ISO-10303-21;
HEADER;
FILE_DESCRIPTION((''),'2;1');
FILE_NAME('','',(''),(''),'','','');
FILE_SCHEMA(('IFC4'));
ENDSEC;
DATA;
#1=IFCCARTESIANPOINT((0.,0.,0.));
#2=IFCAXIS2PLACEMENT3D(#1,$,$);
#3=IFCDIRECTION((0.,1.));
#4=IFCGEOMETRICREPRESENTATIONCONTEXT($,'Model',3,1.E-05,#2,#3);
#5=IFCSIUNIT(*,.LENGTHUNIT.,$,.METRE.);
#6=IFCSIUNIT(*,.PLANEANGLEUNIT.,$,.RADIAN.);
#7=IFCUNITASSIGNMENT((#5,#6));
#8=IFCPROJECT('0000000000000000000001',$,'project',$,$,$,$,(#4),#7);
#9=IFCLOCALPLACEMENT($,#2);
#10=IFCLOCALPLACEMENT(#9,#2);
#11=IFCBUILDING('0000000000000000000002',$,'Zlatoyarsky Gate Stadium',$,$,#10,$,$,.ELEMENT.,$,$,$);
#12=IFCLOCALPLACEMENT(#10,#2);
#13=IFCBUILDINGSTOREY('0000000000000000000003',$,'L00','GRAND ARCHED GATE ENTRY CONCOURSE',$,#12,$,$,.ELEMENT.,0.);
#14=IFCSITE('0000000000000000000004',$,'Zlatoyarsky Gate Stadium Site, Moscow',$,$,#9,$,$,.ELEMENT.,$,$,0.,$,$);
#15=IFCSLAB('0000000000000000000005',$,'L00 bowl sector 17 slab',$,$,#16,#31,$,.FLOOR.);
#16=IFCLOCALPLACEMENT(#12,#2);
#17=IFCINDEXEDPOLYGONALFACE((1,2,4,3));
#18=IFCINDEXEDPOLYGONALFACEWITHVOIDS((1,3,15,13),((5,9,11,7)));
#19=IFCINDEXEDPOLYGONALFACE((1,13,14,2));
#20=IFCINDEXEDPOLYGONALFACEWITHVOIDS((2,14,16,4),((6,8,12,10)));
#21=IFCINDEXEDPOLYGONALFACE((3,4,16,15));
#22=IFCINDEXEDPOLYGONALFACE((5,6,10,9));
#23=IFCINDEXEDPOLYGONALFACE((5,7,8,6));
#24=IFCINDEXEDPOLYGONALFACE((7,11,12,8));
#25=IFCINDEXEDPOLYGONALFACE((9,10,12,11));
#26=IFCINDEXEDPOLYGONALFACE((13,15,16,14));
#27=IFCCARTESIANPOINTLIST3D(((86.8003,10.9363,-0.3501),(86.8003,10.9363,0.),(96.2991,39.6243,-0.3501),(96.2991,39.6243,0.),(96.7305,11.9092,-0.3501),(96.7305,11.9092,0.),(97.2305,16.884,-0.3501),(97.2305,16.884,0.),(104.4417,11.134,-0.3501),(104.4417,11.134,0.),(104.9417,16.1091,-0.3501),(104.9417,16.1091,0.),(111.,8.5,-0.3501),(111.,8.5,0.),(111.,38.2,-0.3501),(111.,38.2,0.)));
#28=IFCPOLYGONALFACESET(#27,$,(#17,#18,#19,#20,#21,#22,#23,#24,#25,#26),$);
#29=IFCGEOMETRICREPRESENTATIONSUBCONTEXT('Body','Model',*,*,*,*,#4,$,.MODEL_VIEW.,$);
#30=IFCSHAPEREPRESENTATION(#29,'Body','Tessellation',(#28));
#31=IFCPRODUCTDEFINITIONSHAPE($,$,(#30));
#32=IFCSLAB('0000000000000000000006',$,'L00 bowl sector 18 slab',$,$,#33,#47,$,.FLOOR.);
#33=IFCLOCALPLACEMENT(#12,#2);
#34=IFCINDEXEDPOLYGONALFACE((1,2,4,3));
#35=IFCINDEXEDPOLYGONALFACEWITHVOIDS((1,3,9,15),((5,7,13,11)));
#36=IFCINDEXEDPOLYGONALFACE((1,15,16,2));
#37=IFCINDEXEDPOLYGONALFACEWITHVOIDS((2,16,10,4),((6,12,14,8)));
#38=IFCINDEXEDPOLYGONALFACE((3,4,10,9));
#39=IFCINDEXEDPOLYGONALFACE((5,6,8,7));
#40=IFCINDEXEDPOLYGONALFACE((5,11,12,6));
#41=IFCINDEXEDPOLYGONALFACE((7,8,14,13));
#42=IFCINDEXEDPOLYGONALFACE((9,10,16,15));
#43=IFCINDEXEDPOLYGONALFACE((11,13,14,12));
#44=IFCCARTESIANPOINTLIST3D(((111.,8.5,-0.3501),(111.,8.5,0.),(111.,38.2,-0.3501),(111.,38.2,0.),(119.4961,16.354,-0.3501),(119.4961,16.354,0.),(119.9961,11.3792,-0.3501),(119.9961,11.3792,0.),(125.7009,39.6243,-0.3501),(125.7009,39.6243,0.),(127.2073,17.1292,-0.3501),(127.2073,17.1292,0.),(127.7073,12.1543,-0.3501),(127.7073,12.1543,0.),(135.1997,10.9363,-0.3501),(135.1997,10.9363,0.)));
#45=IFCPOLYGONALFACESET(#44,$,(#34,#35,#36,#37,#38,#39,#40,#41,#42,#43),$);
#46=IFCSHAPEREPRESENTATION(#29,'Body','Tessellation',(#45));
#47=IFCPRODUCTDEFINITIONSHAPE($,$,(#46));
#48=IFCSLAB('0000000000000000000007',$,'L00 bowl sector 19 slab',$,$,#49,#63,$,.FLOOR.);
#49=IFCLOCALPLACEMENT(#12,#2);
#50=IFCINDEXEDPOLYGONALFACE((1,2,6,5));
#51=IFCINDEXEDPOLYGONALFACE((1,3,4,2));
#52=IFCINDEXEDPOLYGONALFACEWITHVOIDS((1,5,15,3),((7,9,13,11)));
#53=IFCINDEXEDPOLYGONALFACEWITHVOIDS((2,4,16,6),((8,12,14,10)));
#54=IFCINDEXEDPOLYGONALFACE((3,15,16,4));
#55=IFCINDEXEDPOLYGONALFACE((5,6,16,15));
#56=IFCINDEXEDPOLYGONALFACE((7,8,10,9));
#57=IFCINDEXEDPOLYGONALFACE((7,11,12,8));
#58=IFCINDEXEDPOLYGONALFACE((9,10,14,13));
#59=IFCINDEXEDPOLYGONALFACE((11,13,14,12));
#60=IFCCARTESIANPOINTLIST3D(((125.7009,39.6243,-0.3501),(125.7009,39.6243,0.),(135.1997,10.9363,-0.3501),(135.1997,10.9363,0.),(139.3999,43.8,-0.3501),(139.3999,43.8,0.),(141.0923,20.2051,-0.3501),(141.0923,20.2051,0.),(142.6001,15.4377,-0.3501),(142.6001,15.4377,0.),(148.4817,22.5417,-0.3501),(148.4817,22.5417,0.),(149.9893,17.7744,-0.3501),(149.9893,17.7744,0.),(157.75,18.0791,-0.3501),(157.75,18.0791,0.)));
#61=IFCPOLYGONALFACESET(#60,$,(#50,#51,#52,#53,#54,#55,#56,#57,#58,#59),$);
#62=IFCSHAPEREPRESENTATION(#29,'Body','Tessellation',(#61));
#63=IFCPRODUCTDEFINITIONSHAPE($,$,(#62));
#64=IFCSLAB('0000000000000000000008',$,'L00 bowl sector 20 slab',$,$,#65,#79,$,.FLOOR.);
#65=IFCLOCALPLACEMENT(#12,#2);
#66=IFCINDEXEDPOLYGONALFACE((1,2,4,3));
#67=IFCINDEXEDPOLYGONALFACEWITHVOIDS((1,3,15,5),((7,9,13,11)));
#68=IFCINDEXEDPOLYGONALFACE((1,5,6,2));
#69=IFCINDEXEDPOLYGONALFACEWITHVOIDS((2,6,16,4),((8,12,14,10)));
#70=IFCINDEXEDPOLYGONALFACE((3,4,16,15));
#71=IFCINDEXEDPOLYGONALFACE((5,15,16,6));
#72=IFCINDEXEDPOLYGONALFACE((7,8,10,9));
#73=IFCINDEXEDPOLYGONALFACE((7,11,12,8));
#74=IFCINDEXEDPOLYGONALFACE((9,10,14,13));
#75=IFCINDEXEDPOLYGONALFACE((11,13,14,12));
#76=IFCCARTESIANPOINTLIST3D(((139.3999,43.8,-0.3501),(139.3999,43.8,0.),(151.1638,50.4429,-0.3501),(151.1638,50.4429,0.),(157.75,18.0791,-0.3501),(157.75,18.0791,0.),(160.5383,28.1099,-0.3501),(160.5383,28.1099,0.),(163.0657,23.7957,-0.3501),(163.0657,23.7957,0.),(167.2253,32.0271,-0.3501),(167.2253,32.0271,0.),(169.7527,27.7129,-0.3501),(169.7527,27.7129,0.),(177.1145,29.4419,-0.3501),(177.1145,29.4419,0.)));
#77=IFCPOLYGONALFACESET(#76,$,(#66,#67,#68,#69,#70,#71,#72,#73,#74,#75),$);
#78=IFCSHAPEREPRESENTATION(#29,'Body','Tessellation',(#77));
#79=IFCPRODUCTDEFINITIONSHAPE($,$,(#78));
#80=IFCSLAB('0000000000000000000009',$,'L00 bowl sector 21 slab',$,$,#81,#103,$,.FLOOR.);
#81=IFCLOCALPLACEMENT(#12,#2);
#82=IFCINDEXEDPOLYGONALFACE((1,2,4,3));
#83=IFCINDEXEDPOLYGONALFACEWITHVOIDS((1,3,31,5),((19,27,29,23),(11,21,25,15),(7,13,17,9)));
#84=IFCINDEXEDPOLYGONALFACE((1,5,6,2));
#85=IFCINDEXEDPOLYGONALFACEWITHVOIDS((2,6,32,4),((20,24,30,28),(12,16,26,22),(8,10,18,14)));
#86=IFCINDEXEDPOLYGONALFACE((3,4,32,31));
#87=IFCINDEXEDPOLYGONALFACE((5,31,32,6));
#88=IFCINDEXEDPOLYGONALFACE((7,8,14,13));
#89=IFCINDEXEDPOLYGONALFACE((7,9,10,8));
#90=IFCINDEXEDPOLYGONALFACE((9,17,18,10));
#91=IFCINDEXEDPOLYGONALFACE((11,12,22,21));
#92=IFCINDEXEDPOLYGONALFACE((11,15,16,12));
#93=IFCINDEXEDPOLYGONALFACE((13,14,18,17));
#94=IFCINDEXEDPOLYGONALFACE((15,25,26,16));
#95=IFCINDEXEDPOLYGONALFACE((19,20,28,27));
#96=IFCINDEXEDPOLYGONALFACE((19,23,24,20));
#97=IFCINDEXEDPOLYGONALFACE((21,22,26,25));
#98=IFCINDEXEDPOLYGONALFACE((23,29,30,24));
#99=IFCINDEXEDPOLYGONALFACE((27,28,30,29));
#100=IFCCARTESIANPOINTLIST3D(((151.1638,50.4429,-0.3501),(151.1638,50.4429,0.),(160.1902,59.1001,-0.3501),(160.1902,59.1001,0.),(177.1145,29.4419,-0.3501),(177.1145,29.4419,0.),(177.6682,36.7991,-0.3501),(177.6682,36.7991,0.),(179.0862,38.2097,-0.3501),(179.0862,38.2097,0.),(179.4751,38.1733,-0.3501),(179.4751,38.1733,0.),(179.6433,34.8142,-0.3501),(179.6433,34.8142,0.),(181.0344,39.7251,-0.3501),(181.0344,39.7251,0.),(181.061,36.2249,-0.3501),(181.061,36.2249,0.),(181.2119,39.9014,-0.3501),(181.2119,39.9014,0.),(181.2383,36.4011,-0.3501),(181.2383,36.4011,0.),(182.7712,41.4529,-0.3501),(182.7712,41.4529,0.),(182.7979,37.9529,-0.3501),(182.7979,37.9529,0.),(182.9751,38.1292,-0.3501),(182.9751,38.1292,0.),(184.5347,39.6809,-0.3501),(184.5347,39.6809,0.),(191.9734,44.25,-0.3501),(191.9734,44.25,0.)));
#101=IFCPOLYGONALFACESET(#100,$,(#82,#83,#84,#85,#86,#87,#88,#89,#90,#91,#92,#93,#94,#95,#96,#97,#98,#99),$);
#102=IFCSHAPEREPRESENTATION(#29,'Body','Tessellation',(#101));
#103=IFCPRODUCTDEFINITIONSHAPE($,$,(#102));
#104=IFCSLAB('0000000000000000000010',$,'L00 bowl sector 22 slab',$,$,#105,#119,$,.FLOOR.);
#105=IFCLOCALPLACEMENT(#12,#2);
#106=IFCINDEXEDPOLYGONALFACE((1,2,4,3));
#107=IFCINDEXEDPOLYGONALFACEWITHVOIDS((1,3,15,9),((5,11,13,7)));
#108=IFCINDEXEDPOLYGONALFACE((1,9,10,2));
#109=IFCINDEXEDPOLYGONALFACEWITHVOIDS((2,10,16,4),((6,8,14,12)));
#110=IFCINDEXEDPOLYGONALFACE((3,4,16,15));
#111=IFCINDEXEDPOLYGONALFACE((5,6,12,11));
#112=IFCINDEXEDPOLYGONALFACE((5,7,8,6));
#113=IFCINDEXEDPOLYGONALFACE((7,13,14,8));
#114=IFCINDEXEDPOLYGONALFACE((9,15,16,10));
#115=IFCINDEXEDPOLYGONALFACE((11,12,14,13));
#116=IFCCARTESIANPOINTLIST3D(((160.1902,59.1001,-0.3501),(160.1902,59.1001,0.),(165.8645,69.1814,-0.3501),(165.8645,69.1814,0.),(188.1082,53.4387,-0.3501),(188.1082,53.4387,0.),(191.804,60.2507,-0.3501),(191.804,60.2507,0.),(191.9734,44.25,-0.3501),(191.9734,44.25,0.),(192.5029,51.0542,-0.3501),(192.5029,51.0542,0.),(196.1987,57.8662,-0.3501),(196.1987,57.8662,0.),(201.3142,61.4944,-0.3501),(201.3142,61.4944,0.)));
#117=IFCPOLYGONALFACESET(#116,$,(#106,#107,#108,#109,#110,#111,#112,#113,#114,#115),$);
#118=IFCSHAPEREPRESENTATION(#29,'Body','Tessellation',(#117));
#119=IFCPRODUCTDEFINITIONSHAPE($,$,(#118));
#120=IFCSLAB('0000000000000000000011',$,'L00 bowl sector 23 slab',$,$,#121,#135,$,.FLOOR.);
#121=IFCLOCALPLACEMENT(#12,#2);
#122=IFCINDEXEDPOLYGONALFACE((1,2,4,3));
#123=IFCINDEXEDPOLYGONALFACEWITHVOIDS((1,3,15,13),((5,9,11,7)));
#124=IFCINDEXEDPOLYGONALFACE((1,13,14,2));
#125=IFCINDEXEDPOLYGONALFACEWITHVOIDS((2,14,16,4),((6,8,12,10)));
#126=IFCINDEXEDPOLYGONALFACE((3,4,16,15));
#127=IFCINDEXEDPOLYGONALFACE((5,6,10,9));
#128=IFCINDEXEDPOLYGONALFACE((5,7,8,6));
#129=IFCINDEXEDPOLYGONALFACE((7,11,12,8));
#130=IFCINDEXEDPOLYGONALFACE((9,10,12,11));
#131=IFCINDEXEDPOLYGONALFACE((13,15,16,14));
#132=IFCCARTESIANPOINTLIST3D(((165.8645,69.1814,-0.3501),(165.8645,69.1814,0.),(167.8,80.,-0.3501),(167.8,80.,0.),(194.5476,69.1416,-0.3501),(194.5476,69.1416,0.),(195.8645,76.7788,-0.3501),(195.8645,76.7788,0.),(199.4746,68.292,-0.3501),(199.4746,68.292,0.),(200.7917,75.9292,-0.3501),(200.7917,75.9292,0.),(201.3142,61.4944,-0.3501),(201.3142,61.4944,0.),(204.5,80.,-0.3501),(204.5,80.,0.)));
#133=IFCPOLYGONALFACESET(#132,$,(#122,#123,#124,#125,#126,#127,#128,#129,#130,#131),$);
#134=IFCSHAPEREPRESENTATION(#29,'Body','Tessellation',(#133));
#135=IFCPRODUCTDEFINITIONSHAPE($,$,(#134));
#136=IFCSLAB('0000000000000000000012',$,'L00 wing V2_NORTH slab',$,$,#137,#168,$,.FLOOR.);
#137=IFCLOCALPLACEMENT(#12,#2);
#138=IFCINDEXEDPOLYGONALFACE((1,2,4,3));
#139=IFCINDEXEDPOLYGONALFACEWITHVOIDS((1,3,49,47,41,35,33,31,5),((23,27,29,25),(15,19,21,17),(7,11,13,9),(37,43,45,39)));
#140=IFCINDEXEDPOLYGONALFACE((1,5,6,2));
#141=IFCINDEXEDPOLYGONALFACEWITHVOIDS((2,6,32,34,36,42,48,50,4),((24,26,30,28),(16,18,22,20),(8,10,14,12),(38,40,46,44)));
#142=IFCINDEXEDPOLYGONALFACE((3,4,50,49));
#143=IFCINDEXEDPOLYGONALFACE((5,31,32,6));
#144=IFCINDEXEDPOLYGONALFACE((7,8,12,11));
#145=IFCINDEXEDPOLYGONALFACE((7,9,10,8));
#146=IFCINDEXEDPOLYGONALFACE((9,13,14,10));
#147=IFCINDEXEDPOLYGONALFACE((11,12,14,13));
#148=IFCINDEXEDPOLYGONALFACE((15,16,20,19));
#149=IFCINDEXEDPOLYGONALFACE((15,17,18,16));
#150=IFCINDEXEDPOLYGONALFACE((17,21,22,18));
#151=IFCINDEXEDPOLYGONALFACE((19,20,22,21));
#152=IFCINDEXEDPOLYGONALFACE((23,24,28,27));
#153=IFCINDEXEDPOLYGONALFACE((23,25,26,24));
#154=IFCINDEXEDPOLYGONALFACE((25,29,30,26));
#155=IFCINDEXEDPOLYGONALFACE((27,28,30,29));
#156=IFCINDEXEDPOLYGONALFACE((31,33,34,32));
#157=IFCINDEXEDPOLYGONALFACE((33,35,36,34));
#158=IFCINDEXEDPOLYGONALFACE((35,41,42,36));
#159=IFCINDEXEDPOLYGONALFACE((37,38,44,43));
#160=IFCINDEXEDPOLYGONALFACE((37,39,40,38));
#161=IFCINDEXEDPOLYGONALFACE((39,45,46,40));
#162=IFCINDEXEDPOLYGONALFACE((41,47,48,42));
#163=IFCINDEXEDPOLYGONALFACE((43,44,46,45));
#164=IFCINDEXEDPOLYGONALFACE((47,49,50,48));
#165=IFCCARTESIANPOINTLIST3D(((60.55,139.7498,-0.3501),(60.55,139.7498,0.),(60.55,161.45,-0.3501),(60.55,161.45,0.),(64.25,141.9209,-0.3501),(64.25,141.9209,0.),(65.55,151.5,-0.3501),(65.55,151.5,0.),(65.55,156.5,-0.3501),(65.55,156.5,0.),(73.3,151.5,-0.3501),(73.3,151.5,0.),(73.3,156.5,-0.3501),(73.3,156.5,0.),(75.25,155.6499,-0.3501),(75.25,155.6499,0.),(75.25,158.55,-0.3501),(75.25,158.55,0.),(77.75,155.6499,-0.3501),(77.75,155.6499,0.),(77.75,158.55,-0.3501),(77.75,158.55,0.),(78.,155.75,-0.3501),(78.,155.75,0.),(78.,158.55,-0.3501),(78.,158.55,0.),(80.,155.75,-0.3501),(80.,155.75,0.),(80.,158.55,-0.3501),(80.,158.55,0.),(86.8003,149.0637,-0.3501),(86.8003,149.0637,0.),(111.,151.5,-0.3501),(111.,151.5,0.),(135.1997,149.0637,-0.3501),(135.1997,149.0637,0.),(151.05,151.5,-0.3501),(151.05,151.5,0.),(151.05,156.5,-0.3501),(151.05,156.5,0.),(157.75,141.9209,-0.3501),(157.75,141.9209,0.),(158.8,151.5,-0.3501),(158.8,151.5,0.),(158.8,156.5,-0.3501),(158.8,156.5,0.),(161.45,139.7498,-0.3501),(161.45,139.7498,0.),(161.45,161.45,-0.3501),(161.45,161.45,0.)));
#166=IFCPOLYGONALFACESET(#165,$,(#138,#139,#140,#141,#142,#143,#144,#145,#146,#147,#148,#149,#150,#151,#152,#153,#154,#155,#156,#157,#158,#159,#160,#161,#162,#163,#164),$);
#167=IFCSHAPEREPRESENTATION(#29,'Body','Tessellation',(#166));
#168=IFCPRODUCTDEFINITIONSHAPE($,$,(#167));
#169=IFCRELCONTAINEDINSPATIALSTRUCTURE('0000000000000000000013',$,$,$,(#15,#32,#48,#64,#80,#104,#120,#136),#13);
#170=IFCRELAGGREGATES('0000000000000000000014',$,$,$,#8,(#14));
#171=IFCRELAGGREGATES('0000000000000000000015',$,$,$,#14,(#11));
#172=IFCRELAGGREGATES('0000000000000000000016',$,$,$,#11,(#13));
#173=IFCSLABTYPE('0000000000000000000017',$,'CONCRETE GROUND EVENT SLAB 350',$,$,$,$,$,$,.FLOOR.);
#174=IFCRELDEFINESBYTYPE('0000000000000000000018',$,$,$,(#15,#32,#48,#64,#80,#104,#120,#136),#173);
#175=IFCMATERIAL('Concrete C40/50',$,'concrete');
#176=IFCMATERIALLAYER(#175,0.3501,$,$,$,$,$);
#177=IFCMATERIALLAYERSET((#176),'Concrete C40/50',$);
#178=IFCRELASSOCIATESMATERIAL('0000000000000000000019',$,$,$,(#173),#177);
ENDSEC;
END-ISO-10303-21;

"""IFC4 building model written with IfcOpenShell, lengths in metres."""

from ifc_helpers import new_model, si_unit, direction, frame, origin, place, context, subcontext, project, spatial, polyline, outline, extrude, material, layer, layer_set, type_object, element, save


model = new_model("IFC4")

# Units and contexts
model_context = context("Model", 3, precision=1e-05, world=origin(), true_north=direction((0.0, 1.0)))
body_context = subcontext(model_context, "Body", "Model", "MODEL_VIEW")
ifc_project = project(units=[si_unit("LENGTHUNIT", "METRE"), si_unit("PLANEANGLEUNIT", "RADIAN")], contexts=[model_context])

# Site, building, storey
site_placement = place(None, origin())
site = spatial("IfcSite", under=ifc_project, at=site_placement, Name="Zlatoyarsky Gate Stadium Site, Moscow", CompositionType="ELEMENT", RefElevation=0.0)
building_placement = place(site_placement, origin())
building = spatial("IfcBuilding", under=site, at=building_placement, Name="Zlatoyarsky Gate Stadium", CompositionType="ELEMENT")
storey_placement = place(building_placement, origin())
storey = spatial("IfcBuildingStorey", under=building, at=storey_placement, Name="L00", Description="GRAND ARCHED GATE ENTRY CONCOURSE", CompositionType="ELEMENT", Elevation=0.0)

# Slabs
ifc_material_1 = material(Name="Concrete C40/50", Category="concrete")
ifc_layer_1 = layer(ifc_material_1, 0.3501)
ifc_layer_set_1 = layer_set([ifc_layer_1], Name="Concrete C40/50")
slab_type_1 = type_object("IfcSlabType", Name="CONCRETE GROUND EVENT SLAB 350", PredefinedType="FLOOR", material=ifc_layer_set_1)
slab_1_placement = place(storey_placement, frame((0.0, 0.0, -0.3501)))
element("IfcSlab", 1, at=slab_1_placement, inside=storey, type_object=slab_type_1, Name="L00 bowl sector 17 slab", PredefinedType="FLOOR", context=body_context, shape_type="SweptSolid", body=[
    extrude(outline(polyline([(111.0, 38.2), (111.0, 8.5), (86.8003, 10.9363), (96.2991, 39.6243), (111.0, 38.2)]), holes=[polyline([(97.2305, 16.884), (96.7305, 11.9092), (104.4417, 11.134), (104.9417, 16.1091), (97.2305, 16.884)])]), origin(), (0.0, 0.0, 1.0), 0.3501),
])
slab_2_placement = place(storey_placement, frame((0.0, 0.0, -0.3501)))
element("IfcSlab", 2, at=slab_2_placement, inside=storey, type_object=slab_type_1, Name="L00 bowl sector 18 slab", PredefinedType="FLOOR", context=body_context, shape_type="SweptSolid", body=[
    extrude(outline(polyline([(125.7009, 39.6243), (135.1997, 10.9363), (111.0, 8.5), (111.0, 38.2), (125.7009, 39.6243)]), holes=[polyline([(119.4961, 16.354), (119.9961, 11.3792), (127.7073, 12.1543), (127.2073, 17.1292), (119.4961, 16.354)])]), origin(), (0.0, 0.0, 1.0), 0.3501),
])
slab_3_placement = place(storey_placement, frame((0.0, 0.0, -0.3501)))
element("IfcSlab", 3, at=slab_3_placement, inside=storey, type_object=slab_type_1, Name="L00 bowl sector 19 slab", PredefinedType="FLOOR", context=body_context, shape_type="SweptSolid", body=[
    extrude(outline(polyline([(139.3999, 43.8), (157.75, 18.0791), (135.1997, 10.9363), (125.7009, 39.6243), (139.3999, 43.8)]), holes=[polyline([(141.0923, 20.2051), (142.6001, 15.4377), (149.9893, 17.7744), (148.4817, 22.5417), (141.0923, 20.2051)])]), origin(), (0.0, 0.0, 1.0), 0.3501),
])
slab_4_placement = place(storey_placement, frame((0.0, 0.0, -0.3501)))
element("IfcSlab", 4, at=slab_4_placement, inside=storey, type_object=slab_type_1, Name="L00 bowl sector 20 slab", PredefinedType="FLOOR", context=body_context, shape_type="SweptSolid", body=[
    extrude(outline(polyline([(151.1638, 50.4429), (177.1145, 29.4419), (157.75, 18.0791), (139.3999, 43.8), (151.1638, 50.4429)]), holes=[polyline([(160.5383, 28.1099), (163.0657, 23.7957), (169.7527, 27.7129), (167.2253, 32.0271), (160.5383, 28.1099)])]), origin(), (0.0, 0.0, 1.0), 0.3501),
])
slab_5_placement = place(storey_placement, frame((0.0, 0.0, -0.3501)))
element("IfcSlab", 5, at=slab_5_placement, inside=storey, type_object=slab_type_1, Name="L00 bowl sector 21 slab", PredefinedType="FLOOR", context=body_context, shape_type="SweptSolid", body=[
    extrude(outline(polyline([(160.1902, 59.1001), (191.9734, 44.25), (177.1145, 29.4419), (151.1638, 50.4429), (160.1902, 59.1001)]), holes=[polyline([(179.6433, 34.8142), (181.061, 36.2249), (179.0862, 38.2097), (177.6682, 36.7991), (179.6433, 34.8142)]), polyline([(179.4751, 38.1733), (181.2383, 36.4011), (182.7979, 37.9529), (181.0344, 39.7251), (179.4751, 38.1733)]), polyline([(181.2119, 39.9014), (182.9751, 38.1292), (184.5347, 39.6809), (182.7712, 41.4529), (181.2119, 39.9014)])]), origin(), (0.0, 0.0, 1.0), 0.3501),
])
slab_6_placement = place(storey_placement, frame((0.0, 0.0, -0.3501)))
element("IfcSlab", 6, at=slab_6_placement, inside=storey, type_object=slab_type_1, Name="L00 bowl sector 22 slab", PredefinedType="FLOOR", context=body_context, shape_type="SweptSolid", body=[
    extrude(outline(polyline([(165.8645, 69.1814), (201.3142, 61.4944), (191.9734, 44.25), (160.1902, 59.1001), (165.8645, 69.1814)]), holes=[polyline([(192.5029, 51.0542), (196.1987, 57.8662), (191.804, 60.2507), (188.1082, 53.4387), (192.5029, 51.0542)])]), origin(), (0.0, 0.0, 1.0), 0.3501),
])
slab_7_placement = place(storey_placement, frame((0.0, 0.0, -0.3501)))
element("IfcSlab", 7, at=slab_7_placement, inside=storey, type_object=slab_type_1, Name="L00 bowl sector 23 slab", PredefinedType="FLOOR", context=body_context, shape_type="SweptSolid", body=[
    extrude(outline(polyline([(167.8, 80.0), (204.5, 80.0), (201.3142, 61.4944), (165.8645, 69.1814), (167.8, 80.0)]), holes=[polyline([(194.5476, 69.1416), (199.4746, 68.292), (200.7917, 75.9292), (195.8645, 76.7788), (194.5476, 69.1416)])]), origin(), (0.0, 0.0, 1.0), 0.3501),
])
slab_8_placement = place(storey_placement, frame((0.0, 0.0, -0.3501)))
element("IfcSlab", 8, at=slab_8_placement, inside=storey, type_object=slab_type_1, Name="L00 wing V2_NORTH slab", PredefinedType="FLOOR", context=body_context, shape_type="SweptSolid", body=[
    extrude(outline(polyline([(161.45, 139.7498), (157.75, 141.9209), (135.1997, 149.0637), (111.0, 151.5), (86.8003, 149.0637), (64.25, 141.9209), (60.55, 139.7498), (60.55, 161.45), (161.45, 161.45), (161.45, 139.7498)]), holes=[polyline([(65.55, 151.5), (73.3, 151.5), (73.3, 156.5), (65.55, 156.5), (65.55, 151.5)]), polyline([(158.8, 151.5), (158.8, 156.5), (151.05, 156.5), (151.05, 151.5), (158.8, 151.5)]), polyline([(77.75, 158.55), (75.25, 158.55), (75.25, 155.6499), (77.75, 155.6499), (77.75, 158.55)]), polyline([(80.0, 158.55), (78.0, 158.55), (78.0, 155.75), (80.0, 155.75), (80.0, 158.55)])]), origin(), (0.0, 0.0, 1.0), 0.3501),
])

save(model, "model.ifc")
